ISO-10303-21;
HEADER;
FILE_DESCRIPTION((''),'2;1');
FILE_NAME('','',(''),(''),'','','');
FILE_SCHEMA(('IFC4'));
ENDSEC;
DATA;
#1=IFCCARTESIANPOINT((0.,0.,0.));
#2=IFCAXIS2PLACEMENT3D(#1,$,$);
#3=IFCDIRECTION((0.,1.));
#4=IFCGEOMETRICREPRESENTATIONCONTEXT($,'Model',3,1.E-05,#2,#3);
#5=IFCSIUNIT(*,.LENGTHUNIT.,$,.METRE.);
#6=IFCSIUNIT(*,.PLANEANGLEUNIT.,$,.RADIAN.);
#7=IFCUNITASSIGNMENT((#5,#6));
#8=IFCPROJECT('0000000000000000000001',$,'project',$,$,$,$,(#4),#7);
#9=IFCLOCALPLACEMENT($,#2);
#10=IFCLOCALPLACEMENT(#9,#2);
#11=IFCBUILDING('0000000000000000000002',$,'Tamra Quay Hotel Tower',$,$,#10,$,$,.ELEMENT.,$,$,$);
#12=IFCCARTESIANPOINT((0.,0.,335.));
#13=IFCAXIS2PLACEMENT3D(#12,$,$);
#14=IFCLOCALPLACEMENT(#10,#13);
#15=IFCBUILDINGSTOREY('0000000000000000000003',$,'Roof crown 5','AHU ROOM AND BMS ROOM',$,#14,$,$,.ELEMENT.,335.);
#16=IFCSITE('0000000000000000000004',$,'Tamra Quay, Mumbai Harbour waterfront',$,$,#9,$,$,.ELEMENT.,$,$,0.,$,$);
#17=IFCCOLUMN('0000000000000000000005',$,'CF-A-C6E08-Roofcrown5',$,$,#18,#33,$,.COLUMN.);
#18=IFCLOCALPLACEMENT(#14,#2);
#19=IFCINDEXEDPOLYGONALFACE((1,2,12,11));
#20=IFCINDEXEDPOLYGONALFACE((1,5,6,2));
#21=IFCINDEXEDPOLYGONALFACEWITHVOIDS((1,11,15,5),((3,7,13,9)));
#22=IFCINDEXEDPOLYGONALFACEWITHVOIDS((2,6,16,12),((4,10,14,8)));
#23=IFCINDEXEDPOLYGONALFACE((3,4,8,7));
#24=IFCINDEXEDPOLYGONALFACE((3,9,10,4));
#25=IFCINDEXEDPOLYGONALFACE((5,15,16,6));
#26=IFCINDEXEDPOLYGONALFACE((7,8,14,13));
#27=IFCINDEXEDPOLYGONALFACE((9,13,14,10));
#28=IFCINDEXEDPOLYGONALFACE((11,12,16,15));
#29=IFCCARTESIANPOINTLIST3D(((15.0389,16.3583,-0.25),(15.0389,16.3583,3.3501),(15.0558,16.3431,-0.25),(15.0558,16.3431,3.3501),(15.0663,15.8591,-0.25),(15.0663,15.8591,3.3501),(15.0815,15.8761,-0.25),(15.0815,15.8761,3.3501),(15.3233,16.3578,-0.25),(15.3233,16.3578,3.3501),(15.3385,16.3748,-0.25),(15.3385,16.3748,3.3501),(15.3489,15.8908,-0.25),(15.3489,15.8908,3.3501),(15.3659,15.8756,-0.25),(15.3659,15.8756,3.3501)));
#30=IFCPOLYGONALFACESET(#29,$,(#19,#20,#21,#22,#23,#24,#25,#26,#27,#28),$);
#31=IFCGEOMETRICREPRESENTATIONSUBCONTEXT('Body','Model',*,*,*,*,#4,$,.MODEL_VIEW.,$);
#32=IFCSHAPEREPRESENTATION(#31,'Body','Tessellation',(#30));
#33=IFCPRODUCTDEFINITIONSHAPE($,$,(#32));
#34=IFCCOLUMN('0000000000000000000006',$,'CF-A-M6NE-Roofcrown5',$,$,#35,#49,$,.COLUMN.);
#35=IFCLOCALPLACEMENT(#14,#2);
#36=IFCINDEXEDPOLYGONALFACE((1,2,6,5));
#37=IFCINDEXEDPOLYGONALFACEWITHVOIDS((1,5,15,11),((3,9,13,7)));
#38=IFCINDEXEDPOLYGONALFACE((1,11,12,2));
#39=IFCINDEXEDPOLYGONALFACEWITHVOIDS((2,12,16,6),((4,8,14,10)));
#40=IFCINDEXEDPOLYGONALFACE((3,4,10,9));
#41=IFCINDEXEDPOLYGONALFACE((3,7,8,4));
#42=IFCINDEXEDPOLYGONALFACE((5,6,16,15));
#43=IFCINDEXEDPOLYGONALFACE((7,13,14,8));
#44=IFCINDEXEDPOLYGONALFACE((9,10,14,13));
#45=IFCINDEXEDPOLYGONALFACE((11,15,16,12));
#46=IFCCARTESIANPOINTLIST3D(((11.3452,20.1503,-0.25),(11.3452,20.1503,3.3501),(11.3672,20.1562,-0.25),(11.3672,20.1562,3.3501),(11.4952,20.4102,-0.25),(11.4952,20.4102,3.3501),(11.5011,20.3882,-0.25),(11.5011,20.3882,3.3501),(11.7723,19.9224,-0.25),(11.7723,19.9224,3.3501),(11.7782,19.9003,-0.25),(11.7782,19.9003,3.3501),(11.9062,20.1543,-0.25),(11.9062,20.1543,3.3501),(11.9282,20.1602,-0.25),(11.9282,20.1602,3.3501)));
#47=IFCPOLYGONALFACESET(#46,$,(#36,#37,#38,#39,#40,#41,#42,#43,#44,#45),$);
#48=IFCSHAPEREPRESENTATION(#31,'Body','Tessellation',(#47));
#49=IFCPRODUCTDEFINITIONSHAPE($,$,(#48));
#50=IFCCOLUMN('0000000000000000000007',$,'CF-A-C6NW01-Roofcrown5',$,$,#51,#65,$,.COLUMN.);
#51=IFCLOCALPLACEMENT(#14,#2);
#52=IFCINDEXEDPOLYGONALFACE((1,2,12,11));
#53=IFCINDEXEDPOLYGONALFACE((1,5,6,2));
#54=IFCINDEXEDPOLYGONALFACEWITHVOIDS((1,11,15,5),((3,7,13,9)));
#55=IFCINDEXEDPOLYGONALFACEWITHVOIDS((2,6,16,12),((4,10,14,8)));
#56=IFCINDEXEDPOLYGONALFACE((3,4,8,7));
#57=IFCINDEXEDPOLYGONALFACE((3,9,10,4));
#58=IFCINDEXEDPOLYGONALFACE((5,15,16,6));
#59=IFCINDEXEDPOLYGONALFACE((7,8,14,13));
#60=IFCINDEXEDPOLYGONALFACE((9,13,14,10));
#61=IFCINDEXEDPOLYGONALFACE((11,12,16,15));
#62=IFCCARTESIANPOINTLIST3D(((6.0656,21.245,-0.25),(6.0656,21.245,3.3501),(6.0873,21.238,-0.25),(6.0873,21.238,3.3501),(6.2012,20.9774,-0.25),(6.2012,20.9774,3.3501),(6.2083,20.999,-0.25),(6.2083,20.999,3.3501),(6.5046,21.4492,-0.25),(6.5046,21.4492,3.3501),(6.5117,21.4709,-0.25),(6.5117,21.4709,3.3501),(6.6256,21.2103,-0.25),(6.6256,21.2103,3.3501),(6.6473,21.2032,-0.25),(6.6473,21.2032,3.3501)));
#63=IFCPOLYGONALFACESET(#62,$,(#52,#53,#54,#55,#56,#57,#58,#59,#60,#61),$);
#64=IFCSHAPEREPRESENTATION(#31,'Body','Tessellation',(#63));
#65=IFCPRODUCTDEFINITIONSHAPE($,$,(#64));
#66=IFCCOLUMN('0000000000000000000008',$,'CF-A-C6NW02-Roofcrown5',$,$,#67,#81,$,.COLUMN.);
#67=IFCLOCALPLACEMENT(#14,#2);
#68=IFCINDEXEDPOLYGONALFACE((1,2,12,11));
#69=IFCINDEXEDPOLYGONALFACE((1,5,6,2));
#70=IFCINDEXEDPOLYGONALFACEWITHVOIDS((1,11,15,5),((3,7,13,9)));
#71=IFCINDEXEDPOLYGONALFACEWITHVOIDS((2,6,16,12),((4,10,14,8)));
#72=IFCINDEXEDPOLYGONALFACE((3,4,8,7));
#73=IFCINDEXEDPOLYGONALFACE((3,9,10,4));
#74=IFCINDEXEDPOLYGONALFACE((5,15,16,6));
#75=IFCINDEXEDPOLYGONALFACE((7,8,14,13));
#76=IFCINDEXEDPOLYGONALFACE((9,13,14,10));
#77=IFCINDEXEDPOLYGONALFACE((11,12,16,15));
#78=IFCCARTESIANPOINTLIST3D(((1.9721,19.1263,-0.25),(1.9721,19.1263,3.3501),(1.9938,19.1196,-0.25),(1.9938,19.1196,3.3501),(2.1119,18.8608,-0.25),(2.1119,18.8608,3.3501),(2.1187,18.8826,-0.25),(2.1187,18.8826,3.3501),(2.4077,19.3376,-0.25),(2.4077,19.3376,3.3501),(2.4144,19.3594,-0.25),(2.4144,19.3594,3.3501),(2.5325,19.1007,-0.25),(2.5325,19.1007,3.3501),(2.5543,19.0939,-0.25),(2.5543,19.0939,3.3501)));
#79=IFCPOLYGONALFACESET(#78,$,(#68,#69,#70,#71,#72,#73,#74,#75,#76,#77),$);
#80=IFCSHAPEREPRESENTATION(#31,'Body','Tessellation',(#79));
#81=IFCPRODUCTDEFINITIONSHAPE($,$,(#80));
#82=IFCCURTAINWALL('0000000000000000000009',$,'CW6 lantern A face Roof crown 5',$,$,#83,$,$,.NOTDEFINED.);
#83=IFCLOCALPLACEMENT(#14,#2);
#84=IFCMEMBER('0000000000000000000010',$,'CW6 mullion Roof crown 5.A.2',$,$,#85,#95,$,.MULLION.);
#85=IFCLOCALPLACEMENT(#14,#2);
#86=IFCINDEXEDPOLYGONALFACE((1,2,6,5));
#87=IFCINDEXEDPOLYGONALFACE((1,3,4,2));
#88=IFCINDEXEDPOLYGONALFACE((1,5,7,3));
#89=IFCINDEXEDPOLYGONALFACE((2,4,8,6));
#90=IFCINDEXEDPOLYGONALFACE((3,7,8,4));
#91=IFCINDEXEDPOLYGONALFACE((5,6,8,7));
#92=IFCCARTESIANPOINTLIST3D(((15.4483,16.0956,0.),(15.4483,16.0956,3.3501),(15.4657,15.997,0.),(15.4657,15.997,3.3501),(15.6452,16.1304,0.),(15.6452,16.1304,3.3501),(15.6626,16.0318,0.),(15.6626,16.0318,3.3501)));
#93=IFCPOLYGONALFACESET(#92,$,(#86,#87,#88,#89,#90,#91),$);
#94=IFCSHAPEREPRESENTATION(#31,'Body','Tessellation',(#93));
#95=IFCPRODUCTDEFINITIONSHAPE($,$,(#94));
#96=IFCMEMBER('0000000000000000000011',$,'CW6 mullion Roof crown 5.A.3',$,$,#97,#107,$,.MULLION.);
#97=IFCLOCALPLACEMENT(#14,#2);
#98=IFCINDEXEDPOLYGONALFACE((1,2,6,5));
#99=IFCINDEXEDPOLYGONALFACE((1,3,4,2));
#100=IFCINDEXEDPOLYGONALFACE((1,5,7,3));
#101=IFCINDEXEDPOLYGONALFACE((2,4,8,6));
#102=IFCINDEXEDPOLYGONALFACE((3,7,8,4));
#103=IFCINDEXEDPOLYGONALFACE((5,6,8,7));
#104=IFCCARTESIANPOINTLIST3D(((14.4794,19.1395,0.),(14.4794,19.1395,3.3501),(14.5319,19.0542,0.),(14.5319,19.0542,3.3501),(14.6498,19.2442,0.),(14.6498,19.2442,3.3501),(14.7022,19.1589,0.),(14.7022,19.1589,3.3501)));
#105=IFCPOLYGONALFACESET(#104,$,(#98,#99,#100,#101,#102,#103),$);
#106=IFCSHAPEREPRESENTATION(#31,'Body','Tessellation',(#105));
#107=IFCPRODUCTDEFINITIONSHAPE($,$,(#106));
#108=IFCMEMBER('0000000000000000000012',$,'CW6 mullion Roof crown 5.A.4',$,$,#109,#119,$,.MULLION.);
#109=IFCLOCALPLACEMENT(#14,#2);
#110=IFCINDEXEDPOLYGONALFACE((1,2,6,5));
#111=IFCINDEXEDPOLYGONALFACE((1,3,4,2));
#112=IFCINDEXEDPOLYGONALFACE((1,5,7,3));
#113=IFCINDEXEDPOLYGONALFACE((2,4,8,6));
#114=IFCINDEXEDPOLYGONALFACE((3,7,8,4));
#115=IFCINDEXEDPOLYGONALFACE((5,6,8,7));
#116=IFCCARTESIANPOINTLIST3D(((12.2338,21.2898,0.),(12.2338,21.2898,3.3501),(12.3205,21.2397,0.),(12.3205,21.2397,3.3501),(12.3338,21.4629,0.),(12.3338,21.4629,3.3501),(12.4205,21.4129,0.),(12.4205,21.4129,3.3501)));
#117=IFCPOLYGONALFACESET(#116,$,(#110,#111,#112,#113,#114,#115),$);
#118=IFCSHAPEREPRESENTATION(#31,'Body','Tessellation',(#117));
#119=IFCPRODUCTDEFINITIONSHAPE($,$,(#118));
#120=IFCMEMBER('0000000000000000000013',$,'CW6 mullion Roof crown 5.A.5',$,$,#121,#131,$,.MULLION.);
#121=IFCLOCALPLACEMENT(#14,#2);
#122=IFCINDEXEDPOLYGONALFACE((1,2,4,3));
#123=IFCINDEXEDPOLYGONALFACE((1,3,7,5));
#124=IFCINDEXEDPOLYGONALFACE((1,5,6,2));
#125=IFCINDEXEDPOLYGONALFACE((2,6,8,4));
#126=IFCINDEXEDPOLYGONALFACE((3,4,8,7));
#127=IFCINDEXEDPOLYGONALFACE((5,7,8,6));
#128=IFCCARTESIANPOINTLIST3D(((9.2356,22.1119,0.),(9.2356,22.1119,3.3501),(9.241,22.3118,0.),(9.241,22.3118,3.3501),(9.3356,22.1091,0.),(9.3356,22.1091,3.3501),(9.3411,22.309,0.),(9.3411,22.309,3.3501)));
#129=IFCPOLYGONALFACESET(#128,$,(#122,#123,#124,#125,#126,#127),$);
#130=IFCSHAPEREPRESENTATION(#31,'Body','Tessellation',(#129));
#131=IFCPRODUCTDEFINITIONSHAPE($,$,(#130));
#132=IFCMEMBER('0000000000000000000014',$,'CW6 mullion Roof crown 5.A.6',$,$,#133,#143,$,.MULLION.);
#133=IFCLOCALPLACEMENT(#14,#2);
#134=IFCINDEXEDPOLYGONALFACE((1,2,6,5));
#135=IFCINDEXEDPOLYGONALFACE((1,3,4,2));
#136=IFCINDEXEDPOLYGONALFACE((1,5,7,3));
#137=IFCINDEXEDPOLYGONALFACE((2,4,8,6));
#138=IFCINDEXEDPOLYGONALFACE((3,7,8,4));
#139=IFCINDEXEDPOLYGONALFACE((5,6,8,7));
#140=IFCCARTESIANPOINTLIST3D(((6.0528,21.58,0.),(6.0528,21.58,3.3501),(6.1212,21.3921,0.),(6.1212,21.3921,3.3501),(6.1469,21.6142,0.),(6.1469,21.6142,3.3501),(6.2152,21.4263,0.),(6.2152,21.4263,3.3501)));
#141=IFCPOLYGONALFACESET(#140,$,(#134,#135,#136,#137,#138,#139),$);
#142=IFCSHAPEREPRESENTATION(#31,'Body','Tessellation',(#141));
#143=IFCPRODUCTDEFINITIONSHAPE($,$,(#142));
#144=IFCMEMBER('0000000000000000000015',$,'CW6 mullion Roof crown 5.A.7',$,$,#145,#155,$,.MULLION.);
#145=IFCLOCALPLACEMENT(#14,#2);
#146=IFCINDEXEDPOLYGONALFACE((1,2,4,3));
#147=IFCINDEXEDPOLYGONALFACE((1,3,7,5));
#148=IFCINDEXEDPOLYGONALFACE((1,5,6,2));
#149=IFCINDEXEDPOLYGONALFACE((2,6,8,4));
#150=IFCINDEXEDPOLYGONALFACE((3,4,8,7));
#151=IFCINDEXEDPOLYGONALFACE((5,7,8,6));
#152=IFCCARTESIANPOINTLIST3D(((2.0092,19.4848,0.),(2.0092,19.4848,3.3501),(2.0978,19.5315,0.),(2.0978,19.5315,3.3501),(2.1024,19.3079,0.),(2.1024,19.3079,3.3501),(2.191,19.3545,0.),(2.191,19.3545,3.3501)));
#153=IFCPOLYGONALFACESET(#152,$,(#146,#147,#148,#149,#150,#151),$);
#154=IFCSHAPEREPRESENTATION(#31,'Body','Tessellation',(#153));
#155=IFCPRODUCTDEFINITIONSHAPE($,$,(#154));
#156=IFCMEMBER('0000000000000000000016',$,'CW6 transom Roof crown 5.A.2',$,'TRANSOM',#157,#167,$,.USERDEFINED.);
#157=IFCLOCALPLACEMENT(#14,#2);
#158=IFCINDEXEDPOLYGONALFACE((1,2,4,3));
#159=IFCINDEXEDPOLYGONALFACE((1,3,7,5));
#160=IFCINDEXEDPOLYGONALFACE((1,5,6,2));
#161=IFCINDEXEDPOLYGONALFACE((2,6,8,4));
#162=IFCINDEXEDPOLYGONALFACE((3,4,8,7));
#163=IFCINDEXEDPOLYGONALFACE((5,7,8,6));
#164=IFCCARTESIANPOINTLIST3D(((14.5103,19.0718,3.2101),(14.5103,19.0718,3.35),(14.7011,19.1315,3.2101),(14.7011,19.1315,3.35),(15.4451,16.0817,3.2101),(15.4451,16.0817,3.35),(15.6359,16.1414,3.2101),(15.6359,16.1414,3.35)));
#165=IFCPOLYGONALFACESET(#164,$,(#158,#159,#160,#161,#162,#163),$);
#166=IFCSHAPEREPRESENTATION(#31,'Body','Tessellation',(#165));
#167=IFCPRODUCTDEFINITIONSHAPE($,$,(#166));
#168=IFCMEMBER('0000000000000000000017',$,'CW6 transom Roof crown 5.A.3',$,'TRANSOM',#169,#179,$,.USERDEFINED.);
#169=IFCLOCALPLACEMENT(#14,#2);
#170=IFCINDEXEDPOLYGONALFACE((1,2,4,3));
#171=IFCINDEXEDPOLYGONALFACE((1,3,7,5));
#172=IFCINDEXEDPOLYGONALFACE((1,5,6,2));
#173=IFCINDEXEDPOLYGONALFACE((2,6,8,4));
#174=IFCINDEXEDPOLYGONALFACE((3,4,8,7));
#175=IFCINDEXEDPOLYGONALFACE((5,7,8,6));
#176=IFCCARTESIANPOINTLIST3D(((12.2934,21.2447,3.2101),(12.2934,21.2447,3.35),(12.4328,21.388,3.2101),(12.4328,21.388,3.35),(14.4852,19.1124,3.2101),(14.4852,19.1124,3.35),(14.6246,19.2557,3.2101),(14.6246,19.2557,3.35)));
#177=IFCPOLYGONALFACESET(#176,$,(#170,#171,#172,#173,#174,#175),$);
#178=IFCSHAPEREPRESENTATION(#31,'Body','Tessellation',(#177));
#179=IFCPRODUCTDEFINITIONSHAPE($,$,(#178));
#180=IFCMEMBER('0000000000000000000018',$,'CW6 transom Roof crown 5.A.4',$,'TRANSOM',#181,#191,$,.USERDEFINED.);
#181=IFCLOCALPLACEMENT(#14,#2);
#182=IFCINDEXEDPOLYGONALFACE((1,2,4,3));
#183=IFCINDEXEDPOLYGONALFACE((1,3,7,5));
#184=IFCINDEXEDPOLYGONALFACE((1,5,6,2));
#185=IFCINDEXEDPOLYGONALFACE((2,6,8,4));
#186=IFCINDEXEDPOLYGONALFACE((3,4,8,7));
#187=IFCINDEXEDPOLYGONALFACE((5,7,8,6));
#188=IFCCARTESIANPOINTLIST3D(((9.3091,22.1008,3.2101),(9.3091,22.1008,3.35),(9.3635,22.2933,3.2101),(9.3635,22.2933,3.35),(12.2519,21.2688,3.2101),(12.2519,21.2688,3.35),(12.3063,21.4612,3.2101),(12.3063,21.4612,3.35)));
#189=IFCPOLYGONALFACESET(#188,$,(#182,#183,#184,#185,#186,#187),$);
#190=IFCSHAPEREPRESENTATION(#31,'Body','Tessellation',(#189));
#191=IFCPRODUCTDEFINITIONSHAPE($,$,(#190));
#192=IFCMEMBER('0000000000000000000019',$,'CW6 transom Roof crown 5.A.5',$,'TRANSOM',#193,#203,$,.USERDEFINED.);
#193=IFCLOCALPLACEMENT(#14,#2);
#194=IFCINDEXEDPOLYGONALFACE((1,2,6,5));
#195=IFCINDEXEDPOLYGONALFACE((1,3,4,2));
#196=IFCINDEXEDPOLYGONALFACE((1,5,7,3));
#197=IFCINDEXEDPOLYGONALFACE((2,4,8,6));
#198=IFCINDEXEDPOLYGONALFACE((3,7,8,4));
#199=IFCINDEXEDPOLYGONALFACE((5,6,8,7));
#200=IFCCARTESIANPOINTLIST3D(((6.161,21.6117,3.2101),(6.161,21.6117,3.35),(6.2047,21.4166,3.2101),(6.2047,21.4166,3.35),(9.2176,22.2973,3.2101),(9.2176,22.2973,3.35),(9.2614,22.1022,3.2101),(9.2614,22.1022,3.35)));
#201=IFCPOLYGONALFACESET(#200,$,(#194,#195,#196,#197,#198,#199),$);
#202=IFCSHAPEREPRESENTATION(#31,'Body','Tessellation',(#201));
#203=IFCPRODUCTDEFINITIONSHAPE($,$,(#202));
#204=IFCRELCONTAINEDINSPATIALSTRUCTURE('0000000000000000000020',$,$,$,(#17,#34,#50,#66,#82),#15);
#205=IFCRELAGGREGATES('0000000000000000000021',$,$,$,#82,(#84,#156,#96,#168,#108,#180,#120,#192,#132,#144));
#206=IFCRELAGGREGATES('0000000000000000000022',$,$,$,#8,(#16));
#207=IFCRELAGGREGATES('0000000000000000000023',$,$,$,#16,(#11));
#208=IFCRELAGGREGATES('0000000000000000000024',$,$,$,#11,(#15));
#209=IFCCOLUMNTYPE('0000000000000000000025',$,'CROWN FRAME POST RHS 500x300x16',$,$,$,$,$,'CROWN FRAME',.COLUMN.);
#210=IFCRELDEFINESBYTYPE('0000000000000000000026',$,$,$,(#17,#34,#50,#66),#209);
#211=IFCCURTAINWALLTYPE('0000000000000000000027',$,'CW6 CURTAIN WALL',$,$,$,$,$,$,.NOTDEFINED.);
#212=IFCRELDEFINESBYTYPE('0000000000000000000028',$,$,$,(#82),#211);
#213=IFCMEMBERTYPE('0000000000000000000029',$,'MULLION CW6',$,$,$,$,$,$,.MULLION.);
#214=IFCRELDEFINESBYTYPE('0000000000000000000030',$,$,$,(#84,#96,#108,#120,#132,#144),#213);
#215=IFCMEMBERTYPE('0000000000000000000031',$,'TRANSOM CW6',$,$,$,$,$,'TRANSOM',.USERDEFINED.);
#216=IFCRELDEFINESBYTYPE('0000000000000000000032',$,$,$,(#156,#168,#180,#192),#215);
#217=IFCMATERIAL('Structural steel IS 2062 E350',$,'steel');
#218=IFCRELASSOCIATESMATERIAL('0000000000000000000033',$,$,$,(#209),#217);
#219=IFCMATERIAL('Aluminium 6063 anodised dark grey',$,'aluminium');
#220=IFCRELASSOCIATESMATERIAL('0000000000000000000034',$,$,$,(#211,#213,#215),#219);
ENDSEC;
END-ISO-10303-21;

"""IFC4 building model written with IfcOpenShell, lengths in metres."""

from ifc_helpers import new_model, si_unit, direction, frame, origin, origin_2d, place, context, subcontext, project, spatial, rectangle, hollow_rectangle, extrude, material, material_profile, profile_set, type_object, element, aggregate, save


model = new_model("IFC4")

# Units and contexts
model_context = context("Model", 3, precision=1e-05, world=origin(), true_north=direction((0.0, 1.0)))
body_context = subcontext(model_context, "Body", "Model", "MODEL_VIEW")
ifc_project = project(units=[si_unit("LENGTHUNIT", "METRE"), si_unit("PLANEANGLEUNIT", "RADIAN")], contexts=[model_context])

# Site, building, storey
site_placement = place(None, origin())
site = spatial("IfcSite", under=ifc_project, at=site_placement, Name="Tamra Quay, Mumbai Harbour waterfront", CompositionType="ELEMENT", RefElevation=0.0)
building_placement = place(site_placement, origin())
building = spatial("IfcBuilding", under=site, at=building_placement, Name="Tamra Quay Hotel Tower", CompositionType="ELEMENT")
storey_placement = place(building_placement, frame((0.0, 0.0, 335.0)))
storey = spatial("IfcBuildingStorey", under=building, at=storey_placement, Name="Roof crown 5", Description="AHU ROOM AND BMS ROOM", CompositionType="ELEMENT", Elevation=335.0)

# Columns
ifc_material_1 = material(Name="Structural steel IS 2062 E350", Category="steel")
ifc_material_profile_1 = material_profile(ifc_material_1, hollow_rectangle(XDim=0.3, YDim=0.5, WallThickness=0.0161, at=origin_2d()), Name="RHS 500x300x16")
ifc_profile_set_1 = profile_set([ifc_material_profile_1], Name="Structural steel IS 2062 E350")
column_type = type_object("IfcColumnType", Name="CROWN FRAME POST RHS 500x300x16", ElementType="CROWN FRAME", PredefinedType="COLUMN", material=ifc_profile_set_1)
for number, where, z_axis, x_axis, name in (
    (1, (15.2024, 16.1169, -0.25), (0.0, 0.0, 1.0), (0.998491, 0.054917, 0.0), "CF-A-C6E08-Roofcrown5"),
    (2, (11.6367, 20.1553, -0.25), (0.0, 0.0, 1.0), (0.5, 0.866025, 0.0), "CF-A-M6NE-Roofcrown5"),
    (3, (6.3564, 21.2241, -0.25), (0.0, 0.0, 1.0), (-0.451686, 0.892177, 0.0), "CF-A-C6NW01-Roofcrown5"),
    (4, (2.2632, 19.1101, -0.25), (0.0, 0.0, 1.0), (-0.466118, 0.884723, 0.0), "CF-A-C6NW02-Roofcrown5"),
):
    element("IfcColumn", number, at=place(storey_placement, frame(where, z_axis=z_axis, x_axis=x_axis)), inside=storey, type_object=column_type, Name=name, PredefinedType="COLUMN", context=body_context, shape_type="SweptSolid", body=[
        extrude(hollow_rectangle(XDim=0.3, YDim=0.5, WallThickness=0.0161, at=origin_2d()), origin(), (0.0, 0.0, 1.0), 3.6001),
    ])

# Curtain wall, members
ifc_material_2 = material(Name="Aluminium 6063 anodised dark grey", Category="aluminium")
curtain_wall_type = type_object("IfcCurtainWallType", Name="CW6 CURTAIN WALL", PredefinedType="NOTDEFINED", material=ifc_material_2)
curtain_wall_placement = place(storey_placement, origin())
curtain_wall = element("IfcCurtainWall", 5, at=curtain_wall_placement, inside=storey, type_object=curtain_wall_type, Name="CW6 lantern A face Roof crown 5", PredefinedType="NOTDEFINED")
ifc_material_profile_2 = material_profile(ifc_material_2, rectangle(XDim=0.2, YDim=0.1001, at=origin_2d()), Name="MULLION 100X200")
ifc_profile_set_2 = profile_set([ifc_material_profile_2], Name="Aluminium 6063 anodised dark grey")
member_type_1 = type_object("IfcMemberType", Name="MULLION CW6", PredefinedType="MULLION", material=ifc_profile_set_2)
member_1_placement = place(storey_placement, frame((15.5554, 16.0637, 0.0), z_axis=(0.0, 0.0, 1.0), x_axis=(0.98474, 0.174032, 0.0)))
member_1 = element("IfcMember", 6, at=member_1_placement, type_object=member_type_1, Name="CW6 mullion Roof crown 5.A.2", PredefinedType="MULLION", context=body_context, shape_type="SweptSolid", body=[
    extrude(rectangle(XDim=0.2, YDim=0.1001, at=origin_2d()), origin(), (0.0, 0.0, 1.0), 3.3501),
])
member_2_placement = place(storey_placement, frame((14.5908, 19.1492, 0.0), z_axis=(0.0, 0.0, 1.0), x_axis=(0.851964, 0.5236, 0.0)))
member_2 = element("IfcMember", 7, at=member_2_placement, type_object=member_type_1, Name="CW6 mullion Roof crown 5.A.3", PredefinedType="MULLION", context=body_context, shape_type="SweptSolid", body=[
    extrude(rectangle(XDim=0.2, YDim=0.1001, at=origin_2d()), origin(), (0.0, 0.0, 1.0), 3.3501),
])
member_3_placement = place(storey_placement, frame((12.3271, 21.3513, 0.0), z_axis=(0.0, 0.0, 1.0), x_axis=(0.5, 0.866025, 0.0)))
member_3 = element("IfcMember", 8, at=member_3_placement, type_object=member_type_1, Name="CW6 mullion Roof crown 5.A.4", PredefinedType="MULLION", context=body_context, shape_type="SweptSolid", body=[
    extrude(rectangle(XDim=0.2, YDim=0.1001, at=origin_2d()), origin(), (0.0, 0.0, 1.0), 3.3501),
])
member_4_placement = place(storey_placement, frame((9.2883, 22.2104, 0.0), z_axis=(0.0, 0.0, 1.0), x_axis=(0.027469, 0.999623, 0.0)))
member_4 = element("IfcMember", 9, at=member_4_placement, type_object=member_type_1, Name="CW6 mullion Roof crown 5.A.5", PredefinedType="MULLION", context=body_context, shape_type="SweptSolid", body=[
    extrude(rectangle(XDim=0.2, YDim=0.1001, at=origin_2d()), origin(), (0.0, 0.0, 1.0), 3.3501),
])
member_5_placement = place(storey_placement, frame((6.134, 21.5032, 0.0), z_axis=(0.0, 0.0, 1.0), x_axis=(-0.341653, 0.939826, 0.0)))
member_5 = element("IfcMember", 10, at=member_5_placement, type_object=member_type_1, Name="CW6 mullion Roof crown 5.A.6", PredefinedType="MULLION", context=body_context, shape_type="SweptSolid", body=[
    extrude(rectangle(XDim=0.2, YDim=0.1001, at=origin_2d()), origin(), (0.0, 0.0, 1.0), 3.3501),
])
member_6_placement = place(storey_placement, frame((2.1001, 19.4197, 0.0), z_axis=(0.0, 0.0, 1.0), x_axis=(-0.465816, 0.884882, 0.0)))
member_6 = element("IfcMember", 11, at=member_6_placement, type_object=member_type_1, Name="CW6 mullion Roof crown 5.A.7", PredefinedType="MULLION", context=body_context, shape_type="SweptSolid", body=[
    extrude(rectangle(XDim=0.2, YDim=0.1001, at=origin_2d()), origin(), (0.0, 0.0, 1.0), 3.3501),
])
ifc_material_profile_3 = material_profile(ifc_material_2, rectangle(XDim=0.2, YDim=0.1399, at=origin_2d()), Name="TRANSOM 200X140")
ifc_profile_set_3 = profile_set([ifc_material_profile_3], Name="Aluminium 6063 anodised dark grey")
member_type_2 = type_object("IfcMemberType", Name="TRANSOM CW6", ElementType="TRANSOM", PredefinedType="USERDEFINED", material=ifc_profile_set_3)
member_7_placement = place(storey_placement, frame((15.5405, 16.1116, 3.28), z_axis=(-0.298404, 0.95444, 0.0), x_axis=(-0.95444, -0.298404, 0.0)))
member_7 = element("IfcMember", 12, at=member_7_placement, type_object=member_type_2, Name="CW6 transom Roof crown 5.A.2", ObjectType="TRANSOM", PredefinedType="USERDEFINED", context=body_context, shape_type="SweptSolid", body=[
    extrude(rectangle(XDim=0.2, YDim=0.1399, at=origin_2d()), origin(), (0.0, 0.0, 1.0), 3.1328),
])
member_8_placement = place(storey_placement, frame((14.5549, 19.1841, 3.28), z_axis=(-0.71678, 0.6973, 0.0), x_axis=(-0.6973, -0.71678, 0.0)))
member_8 = element("IfcMember", 13, at=member_8_placement, type_object=member_type_2, Name="CW6 transom Roof crown 5.A.3", ObjectType="TRANSOM", PredefinedType="USERDEFINED", context=body_context, shape_type="SweptSolid", body=[
    extrude(rectangle(XDim=0.2, YDim=0.1399, at=origin_2d()), origin(), (0.0, 0.0, 1.0), 3.0579),
])
member_9_placement = place(storey_placement, frame((12.2791, 21.365, 3.28), z_axis=(-0.962274, 0.272084, 0.0), x_axis=(-0.272084, -0.962274, 0.0)))
member_9 = element("IfcMember", 14, at=member_9_placement, type_object=member_type_2, Name="CW6 transom Roof crown 5.A.4", ObjectType="TRANSOM", PredefinedType="USERDEFINED", context=body_context, shape_type="SweptSolid", body=[
    extrude(rectangle(XDim=0.2, YDim=0.1399, at=origin_2d()), origin(), (0.0, 0.0, 1.0), 3.0581),
])
member_10_placement = place(storey_placement, frame((9.2395, 22.1997, 3.28), z_axis=(-0.97576, -0.218845, 0.0), x_axis=(0.218845, -0.97576, 0.0)))
member_10 = element("IfcMember", 15, at=member_10_placement, type_object=member_type_2, Name="CW6 transom Roof crown 5.A.5", ObjectType="TRANSOM", PredefinedType="USERDEFINED", context=body_context, shape_type="SweptSolid", body=[
    extrude(rectangle(XDim=0.2, YDim=0.1399, at=origin_2d()), origin(), (0.0, 0.0, 1.0), 3.1326),
])
aggregate(curtain_wall, [member_1, member_7, member_2, member_8, member_3, member_9, member_4, member_10, member_5, member_6])

save(model, "model.ifc")
